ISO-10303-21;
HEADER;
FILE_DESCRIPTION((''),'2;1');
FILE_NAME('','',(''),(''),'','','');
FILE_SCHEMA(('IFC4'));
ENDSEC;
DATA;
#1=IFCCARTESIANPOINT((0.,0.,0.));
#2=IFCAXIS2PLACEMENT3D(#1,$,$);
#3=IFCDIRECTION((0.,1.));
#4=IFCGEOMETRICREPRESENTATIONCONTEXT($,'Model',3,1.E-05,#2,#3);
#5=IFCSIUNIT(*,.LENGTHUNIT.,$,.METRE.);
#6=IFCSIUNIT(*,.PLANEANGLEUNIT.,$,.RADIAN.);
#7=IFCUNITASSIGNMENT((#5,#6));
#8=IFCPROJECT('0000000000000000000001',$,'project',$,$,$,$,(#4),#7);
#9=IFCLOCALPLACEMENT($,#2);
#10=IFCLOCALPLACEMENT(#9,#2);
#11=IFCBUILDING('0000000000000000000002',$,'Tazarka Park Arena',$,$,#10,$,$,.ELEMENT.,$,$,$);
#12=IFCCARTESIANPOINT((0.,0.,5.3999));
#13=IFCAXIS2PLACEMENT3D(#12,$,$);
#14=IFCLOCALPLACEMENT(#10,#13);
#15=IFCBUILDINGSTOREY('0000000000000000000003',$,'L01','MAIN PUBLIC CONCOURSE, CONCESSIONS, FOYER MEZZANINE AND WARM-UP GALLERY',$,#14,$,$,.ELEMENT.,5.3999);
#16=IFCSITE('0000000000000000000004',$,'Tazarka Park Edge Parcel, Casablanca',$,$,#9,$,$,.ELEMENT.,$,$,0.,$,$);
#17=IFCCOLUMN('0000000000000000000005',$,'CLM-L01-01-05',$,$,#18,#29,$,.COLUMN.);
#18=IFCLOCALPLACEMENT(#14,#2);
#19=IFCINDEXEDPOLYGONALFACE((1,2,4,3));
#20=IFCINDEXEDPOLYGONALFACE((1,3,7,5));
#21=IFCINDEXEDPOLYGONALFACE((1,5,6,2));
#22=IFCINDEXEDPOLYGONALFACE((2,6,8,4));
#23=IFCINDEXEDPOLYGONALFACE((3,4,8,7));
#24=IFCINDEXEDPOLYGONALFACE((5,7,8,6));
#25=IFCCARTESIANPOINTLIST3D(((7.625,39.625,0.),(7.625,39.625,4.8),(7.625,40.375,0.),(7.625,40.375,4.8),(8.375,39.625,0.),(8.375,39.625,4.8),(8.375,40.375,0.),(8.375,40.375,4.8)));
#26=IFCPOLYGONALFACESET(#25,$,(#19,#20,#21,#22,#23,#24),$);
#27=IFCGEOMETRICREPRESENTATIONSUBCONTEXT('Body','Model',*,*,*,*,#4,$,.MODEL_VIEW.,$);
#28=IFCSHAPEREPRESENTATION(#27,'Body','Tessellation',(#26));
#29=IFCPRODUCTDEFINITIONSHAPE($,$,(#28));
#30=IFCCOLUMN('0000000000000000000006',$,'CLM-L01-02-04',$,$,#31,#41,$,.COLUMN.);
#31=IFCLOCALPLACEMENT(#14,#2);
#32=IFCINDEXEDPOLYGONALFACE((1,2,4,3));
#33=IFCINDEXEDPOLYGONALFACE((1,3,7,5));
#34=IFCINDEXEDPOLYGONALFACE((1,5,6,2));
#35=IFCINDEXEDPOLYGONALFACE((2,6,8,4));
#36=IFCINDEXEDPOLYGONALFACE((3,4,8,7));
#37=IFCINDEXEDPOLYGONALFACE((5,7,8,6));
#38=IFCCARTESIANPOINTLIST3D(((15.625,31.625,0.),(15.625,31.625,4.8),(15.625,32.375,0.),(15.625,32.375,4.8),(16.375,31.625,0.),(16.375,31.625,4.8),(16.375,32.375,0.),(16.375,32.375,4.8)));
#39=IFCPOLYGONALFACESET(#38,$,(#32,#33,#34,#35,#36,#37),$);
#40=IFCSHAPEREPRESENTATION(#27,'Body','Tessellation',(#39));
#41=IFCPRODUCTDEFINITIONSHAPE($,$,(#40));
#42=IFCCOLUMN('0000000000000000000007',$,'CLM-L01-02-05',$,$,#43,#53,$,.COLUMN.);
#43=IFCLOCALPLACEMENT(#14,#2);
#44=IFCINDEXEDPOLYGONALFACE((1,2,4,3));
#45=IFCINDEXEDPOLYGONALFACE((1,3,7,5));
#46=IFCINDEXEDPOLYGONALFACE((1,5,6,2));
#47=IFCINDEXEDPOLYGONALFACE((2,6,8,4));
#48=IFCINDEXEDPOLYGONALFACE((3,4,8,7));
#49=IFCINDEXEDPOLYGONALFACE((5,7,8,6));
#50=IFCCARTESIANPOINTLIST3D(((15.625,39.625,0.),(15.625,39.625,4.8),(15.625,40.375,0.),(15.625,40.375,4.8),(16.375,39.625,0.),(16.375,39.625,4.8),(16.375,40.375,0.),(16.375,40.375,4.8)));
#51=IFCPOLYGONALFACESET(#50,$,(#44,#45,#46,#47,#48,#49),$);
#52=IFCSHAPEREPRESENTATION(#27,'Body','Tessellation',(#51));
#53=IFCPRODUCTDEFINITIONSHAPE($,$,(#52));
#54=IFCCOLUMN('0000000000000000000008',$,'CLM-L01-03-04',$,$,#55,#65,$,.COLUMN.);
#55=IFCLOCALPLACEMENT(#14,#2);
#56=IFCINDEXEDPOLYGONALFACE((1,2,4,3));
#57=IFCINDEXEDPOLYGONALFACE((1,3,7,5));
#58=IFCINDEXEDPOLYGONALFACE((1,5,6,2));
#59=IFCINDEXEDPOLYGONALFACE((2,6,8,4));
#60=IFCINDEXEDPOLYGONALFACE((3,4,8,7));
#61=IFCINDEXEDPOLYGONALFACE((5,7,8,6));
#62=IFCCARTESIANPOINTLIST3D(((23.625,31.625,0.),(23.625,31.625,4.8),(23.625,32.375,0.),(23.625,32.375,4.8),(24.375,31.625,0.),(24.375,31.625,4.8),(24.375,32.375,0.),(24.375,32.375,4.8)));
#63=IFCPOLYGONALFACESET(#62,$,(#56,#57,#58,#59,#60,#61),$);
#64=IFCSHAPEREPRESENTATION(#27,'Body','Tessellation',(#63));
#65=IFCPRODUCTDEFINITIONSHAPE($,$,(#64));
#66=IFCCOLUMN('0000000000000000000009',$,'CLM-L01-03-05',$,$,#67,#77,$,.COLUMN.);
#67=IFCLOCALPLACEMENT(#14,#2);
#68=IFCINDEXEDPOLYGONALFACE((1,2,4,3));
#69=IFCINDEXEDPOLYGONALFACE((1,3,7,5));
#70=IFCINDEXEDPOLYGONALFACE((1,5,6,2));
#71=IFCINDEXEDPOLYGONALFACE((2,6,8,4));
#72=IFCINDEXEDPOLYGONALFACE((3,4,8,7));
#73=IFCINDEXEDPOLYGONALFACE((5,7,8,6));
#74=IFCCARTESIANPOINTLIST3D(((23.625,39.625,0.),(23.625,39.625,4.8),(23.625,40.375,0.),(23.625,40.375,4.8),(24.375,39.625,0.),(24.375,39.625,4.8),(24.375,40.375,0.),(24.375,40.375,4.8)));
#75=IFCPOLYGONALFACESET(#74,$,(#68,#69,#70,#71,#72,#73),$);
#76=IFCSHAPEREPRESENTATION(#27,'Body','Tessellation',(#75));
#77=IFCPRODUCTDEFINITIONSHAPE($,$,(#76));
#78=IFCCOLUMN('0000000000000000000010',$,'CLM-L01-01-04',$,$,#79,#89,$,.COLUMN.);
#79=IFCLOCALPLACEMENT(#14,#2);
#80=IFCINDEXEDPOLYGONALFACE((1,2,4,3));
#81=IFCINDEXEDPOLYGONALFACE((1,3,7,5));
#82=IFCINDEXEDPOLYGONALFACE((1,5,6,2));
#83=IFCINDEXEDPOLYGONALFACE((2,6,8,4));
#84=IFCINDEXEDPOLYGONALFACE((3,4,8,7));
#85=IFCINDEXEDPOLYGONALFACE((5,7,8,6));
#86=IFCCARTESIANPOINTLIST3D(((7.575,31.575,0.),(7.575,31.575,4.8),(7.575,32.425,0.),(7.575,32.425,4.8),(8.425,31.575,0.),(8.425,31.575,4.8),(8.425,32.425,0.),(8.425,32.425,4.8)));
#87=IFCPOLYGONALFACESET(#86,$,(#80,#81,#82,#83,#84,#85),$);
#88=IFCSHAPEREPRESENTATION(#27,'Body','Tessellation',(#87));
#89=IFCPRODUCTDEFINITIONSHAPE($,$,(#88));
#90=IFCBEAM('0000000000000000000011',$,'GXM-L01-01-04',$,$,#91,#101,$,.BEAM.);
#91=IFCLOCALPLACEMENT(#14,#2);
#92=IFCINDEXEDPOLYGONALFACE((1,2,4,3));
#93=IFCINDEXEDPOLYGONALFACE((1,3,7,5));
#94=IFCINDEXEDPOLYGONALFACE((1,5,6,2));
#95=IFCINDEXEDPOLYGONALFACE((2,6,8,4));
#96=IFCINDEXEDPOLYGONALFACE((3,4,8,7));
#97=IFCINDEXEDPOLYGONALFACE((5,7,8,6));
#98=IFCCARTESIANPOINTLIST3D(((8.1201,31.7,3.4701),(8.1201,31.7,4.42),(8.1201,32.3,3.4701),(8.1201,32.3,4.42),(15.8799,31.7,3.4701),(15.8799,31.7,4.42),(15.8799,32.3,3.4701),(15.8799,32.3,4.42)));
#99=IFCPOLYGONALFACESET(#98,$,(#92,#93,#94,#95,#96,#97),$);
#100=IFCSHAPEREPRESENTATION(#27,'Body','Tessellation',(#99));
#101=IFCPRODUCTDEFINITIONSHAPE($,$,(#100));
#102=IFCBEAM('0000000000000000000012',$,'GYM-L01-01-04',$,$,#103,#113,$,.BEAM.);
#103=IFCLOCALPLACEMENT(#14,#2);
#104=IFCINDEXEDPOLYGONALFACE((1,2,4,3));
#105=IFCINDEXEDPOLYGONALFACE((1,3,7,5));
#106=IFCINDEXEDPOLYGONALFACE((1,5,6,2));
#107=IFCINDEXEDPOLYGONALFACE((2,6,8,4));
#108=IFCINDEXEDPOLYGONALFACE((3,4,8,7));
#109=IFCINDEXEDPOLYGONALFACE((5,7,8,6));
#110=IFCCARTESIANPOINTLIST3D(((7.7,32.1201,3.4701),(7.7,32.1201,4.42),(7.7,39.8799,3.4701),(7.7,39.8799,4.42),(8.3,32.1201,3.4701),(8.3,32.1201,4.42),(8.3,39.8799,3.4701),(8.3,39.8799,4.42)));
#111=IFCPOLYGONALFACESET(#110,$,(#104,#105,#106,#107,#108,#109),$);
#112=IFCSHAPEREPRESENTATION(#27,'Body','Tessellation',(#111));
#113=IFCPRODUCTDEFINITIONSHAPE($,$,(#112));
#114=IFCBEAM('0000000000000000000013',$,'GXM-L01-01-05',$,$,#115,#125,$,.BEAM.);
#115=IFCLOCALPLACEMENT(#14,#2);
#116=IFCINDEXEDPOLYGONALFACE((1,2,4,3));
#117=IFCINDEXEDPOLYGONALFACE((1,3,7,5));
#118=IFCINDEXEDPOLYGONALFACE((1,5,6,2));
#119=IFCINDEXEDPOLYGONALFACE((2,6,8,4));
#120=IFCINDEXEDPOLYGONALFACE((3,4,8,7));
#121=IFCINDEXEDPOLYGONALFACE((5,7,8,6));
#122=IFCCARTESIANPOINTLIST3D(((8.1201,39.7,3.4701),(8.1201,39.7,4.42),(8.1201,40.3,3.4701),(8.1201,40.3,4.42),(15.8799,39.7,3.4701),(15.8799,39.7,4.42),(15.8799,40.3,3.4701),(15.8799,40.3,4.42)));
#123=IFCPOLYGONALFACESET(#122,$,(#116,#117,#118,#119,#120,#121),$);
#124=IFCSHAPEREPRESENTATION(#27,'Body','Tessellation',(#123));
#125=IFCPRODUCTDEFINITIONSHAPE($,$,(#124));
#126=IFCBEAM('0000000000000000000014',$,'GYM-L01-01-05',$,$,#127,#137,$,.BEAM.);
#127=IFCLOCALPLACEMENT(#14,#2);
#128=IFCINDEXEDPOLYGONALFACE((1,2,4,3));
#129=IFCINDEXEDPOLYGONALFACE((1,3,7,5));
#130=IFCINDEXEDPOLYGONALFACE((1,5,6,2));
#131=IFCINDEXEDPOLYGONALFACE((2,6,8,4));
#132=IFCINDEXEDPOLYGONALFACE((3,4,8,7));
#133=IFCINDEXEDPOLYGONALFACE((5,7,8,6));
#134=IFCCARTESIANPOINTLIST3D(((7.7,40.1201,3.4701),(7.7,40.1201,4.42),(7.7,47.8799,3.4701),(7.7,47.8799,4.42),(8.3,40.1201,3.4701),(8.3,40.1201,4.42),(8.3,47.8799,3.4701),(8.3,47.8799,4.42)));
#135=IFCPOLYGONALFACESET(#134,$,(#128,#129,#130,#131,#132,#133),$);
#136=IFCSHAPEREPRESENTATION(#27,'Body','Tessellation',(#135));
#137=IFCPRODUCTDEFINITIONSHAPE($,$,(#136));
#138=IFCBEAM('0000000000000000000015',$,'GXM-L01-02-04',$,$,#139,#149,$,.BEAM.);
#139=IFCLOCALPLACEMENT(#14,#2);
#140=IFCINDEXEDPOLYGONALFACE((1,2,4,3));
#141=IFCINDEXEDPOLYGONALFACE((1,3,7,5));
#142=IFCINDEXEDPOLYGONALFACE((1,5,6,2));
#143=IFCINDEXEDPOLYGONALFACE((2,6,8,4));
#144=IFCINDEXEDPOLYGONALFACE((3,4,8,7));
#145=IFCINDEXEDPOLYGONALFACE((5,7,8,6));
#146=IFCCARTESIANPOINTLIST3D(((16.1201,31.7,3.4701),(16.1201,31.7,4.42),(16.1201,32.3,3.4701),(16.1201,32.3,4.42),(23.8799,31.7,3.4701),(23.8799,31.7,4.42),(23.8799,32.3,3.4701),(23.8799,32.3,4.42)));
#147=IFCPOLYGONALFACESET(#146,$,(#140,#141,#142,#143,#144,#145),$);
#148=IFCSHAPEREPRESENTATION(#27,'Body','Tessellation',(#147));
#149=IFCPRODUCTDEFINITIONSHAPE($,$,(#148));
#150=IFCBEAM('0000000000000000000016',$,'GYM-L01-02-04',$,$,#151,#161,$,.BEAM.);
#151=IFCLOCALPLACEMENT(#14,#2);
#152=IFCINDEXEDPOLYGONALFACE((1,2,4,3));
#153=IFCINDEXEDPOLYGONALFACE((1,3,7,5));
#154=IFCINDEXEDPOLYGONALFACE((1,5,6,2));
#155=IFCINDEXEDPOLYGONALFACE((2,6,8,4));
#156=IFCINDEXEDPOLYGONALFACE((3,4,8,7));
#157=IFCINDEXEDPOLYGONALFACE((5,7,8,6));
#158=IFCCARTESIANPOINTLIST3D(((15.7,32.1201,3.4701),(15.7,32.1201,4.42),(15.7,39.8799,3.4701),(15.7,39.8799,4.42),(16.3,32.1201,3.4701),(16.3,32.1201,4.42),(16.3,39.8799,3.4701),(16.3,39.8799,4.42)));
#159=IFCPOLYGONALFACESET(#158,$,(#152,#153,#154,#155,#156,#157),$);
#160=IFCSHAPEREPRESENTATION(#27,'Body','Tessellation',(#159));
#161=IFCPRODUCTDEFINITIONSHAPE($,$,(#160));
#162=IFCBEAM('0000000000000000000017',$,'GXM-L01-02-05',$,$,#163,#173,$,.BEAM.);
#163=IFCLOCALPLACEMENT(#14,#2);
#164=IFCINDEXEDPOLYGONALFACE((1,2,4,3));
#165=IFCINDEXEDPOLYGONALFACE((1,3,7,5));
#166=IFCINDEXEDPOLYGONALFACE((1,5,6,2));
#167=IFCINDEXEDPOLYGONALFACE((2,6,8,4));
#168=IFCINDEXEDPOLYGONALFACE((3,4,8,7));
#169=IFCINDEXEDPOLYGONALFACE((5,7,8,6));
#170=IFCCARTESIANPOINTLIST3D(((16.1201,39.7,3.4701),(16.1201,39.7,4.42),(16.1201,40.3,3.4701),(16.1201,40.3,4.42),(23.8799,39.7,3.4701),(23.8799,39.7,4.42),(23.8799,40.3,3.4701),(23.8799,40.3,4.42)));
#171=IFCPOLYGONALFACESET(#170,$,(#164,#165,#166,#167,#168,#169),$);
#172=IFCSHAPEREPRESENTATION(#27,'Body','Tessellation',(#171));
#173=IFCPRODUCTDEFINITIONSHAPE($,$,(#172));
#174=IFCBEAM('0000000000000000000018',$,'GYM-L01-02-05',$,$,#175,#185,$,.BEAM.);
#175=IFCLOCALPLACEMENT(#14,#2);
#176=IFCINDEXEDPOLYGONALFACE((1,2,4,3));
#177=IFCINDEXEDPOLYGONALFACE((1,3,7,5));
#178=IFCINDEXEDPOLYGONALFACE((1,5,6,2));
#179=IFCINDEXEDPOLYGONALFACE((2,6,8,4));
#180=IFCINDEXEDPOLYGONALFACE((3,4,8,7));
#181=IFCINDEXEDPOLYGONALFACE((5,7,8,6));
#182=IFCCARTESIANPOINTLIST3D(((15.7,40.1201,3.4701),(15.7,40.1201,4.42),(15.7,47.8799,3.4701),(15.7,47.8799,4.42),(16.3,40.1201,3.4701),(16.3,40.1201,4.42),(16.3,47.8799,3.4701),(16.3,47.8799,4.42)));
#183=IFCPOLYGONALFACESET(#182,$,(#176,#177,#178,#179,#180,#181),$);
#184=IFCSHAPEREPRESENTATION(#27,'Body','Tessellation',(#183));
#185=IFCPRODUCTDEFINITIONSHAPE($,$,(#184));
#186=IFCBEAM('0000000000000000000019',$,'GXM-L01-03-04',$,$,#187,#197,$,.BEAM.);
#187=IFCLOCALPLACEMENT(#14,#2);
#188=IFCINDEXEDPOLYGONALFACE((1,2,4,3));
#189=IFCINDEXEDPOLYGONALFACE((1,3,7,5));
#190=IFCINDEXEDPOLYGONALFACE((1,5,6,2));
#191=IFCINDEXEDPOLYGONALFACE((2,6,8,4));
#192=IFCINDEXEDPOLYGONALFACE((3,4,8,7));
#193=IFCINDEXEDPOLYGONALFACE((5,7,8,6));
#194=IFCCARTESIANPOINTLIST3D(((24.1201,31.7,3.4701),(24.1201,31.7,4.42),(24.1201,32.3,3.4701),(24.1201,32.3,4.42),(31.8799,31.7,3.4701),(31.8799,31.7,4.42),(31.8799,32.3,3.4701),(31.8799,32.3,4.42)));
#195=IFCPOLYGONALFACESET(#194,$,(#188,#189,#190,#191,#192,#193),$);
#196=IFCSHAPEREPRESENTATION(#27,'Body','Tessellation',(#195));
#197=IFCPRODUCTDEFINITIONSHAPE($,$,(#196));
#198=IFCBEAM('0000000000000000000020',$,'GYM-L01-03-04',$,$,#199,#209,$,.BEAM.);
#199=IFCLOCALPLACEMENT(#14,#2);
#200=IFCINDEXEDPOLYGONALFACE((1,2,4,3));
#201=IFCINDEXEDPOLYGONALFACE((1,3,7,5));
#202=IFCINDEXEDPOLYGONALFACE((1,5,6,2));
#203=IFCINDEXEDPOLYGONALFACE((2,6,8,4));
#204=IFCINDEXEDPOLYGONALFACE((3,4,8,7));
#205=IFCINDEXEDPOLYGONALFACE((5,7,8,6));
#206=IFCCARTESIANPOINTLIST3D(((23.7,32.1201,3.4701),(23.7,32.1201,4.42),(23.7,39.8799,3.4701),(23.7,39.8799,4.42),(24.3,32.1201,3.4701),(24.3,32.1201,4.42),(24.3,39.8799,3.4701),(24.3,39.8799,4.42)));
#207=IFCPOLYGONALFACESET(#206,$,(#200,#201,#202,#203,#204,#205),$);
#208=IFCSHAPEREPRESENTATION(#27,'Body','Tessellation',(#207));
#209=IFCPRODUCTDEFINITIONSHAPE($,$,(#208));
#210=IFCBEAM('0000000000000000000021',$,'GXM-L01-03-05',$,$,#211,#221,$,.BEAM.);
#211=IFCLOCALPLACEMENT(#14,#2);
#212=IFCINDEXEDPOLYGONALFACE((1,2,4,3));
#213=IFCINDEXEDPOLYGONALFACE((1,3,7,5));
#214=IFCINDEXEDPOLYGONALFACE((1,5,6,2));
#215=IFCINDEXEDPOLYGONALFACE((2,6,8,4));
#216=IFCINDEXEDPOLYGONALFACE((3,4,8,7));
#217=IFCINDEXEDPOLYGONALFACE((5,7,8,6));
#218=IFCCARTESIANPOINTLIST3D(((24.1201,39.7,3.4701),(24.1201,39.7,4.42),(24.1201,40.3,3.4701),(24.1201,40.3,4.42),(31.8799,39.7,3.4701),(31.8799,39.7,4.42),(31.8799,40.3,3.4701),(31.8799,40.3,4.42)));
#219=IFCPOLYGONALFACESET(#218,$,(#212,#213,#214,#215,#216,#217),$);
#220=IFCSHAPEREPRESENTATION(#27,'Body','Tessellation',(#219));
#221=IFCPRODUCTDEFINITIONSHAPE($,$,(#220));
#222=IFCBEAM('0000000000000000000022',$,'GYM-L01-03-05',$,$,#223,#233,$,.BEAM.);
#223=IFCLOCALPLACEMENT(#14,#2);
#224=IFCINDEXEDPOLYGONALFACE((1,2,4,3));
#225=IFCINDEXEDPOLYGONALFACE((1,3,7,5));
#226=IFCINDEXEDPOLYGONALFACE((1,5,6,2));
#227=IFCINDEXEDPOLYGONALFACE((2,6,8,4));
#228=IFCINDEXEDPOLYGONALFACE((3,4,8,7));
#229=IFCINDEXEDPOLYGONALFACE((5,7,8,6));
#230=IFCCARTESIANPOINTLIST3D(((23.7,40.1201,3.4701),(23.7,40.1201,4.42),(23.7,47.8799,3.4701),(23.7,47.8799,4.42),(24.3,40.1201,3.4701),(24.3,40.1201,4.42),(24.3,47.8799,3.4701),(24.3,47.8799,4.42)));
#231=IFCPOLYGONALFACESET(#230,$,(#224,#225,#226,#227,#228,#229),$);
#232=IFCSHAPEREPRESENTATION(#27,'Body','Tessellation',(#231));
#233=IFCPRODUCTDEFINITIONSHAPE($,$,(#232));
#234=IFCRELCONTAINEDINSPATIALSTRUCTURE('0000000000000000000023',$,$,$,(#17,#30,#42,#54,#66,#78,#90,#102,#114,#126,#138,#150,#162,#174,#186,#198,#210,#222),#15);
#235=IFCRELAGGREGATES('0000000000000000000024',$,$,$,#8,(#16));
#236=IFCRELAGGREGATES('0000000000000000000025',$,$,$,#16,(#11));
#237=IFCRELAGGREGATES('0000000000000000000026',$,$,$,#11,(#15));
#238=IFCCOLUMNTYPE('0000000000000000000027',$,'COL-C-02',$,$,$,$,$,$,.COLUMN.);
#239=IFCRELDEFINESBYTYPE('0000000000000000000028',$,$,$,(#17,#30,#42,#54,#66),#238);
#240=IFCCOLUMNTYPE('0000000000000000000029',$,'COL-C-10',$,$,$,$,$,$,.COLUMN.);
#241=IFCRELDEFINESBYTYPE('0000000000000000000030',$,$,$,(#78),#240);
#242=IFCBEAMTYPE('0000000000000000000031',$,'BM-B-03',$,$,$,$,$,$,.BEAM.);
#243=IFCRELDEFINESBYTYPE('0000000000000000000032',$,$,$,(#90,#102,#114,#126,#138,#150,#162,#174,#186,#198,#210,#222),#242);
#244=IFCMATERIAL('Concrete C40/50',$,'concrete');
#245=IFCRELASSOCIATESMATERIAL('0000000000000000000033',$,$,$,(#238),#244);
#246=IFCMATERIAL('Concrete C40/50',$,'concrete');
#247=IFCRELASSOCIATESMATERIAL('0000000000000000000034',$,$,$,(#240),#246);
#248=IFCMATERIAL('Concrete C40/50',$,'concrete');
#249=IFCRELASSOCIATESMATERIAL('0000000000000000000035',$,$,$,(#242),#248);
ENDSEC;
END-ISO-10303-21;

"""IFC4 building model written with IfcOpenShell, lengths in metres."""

from ifc_helpers import new_model, si_unit, direction, frame, origin, origin_2d, place, context, subcontext, project, spatial, rectangle, extrude, material, material_profile, profile_set, type_object, element, save


model = new_model("IFC4")

# Units and contexts
model_context = context("Model", 3, precision=1e-05, world=origin(), true_north=direction((0.0, 1.0)))
body_context = subcontext(model_context, "Body", "Model", "MODEL_VIEW")
ifc_project = project(units=[si_unit("LENGTHUNIT", "METRE"), si_unit("PLANEANGLEUNIT", "RADIAN")], contexts=[model_context])

# Site, building, storey
site_placement = place(None, origin())
site = spatial("IfcSite", under=ifc_project, at=site_placement, Name="Tazarka Park Edge Parcel, Casablanca", CompositionType="ELEMENT", RefElevation=0.0)
building_placement = place(site_placement, origin())
building = spatial("IfcBuilding", under=site, at=building_placement, Name="Tazarka Park Arena", CompositionType="ELEMENT")
storey_placement = place(building_placement, frame((0.0, 0.0, 5.3999)))
storey = spatial("IfcBuildingStorey", under=building, at=storey_placement, Name="L01", Description="MAIN PUBLIC CONCOURSE, CONCESSIONS, FOYER MEZZANINE AND WARM-UP GALLERY", CompositionType="ELEMENT", Elevation=5.3999)

# Columns
ifc_material_1 = material(Name="Concrete C40/50", Category="concrete")
ifc_material_profile_1 = material_profile(ifc_material_1, rectangle(XDim=0.75, YDim=0.75, at=origin_2d()), Name="Concrete C40/50")
ifc_profile_set_1 = profile_set([ifc_material_profile_1], Name="Concrete C40/50")
column_type_1 = type_object("IfcColumnType", Name="COL-C-02", PredefinedType="COLUMN", material=ifc_profile_set_1)
for number, where, z_axis, x_axis, name in (
    (1, (8.0, 40.0, 0.0), (0.0, 0.0, 1.0), (1.0, 0.0, 0.0), "CLM-L01-01-05"),
    (2, (16.0, 32.0, 0.0), (0.0, 0.0, 1.0), (1.0, 0.0, 0.0), "CLM-L01-02-04"),
    (3, (16.0, 40.0, 0.0), (0.0, 0.0, 1.0), (1.0, 0.0, 0.0), "CLM-L01-02-05"),
    (4, (24.0, 32.0, 0.0), (0.0, 0.0, 1.0), (1.0, 0.0, 0.0), "CLM-L01-03-04"),
    (5, (24.0, 40.0, 0.0), (0.0, 0.0, 1.0), (1.0, 0.0, 0.0), "CLM-L01-03-05"),
):
    element("IfcColumn", number, at=place(storey_placement, frame(where, z_axis=z_axis, x_axis=x_axis)), inside=storey, type_object=column_type_1, Name=name, PredefinedType="COLUMN", context=body_context, shape_type="SweptSolid", body=[
        extrude(rectangle(XDim=0.75, YDim=0.75, at=origin_2d()), origin(), (0.0, 0.0, 1.0), 4.8),
    ])
ifc_material_2 = material(Name="Concrete C40/50", Category="concrete")
ifc_material_profile_2 = material_profile(ifc_material_2, rectangle(XDim=0.8501, YDim=0.8501, at=origin_2d()), Name="Concrete C40/50")
ifc_profile_set_2 = profile_set([ifc_material_profile_2], Name="Concrete C40/50")
column_type_2 = type_object("IfcColumnType", Name="COL-C-10", PredefinedType="COLUMN", material=ifc_profile_set_2)
column_placement = place(storey_placement, frame((8.0, 32.0, 0.0), z_axis=(0.0, 0.0, 1.0), x_axis=(1.0, 0.0, 0.0)))
element("IfcColumn", 6, at=column_placement, inside=storey, type_object=column_type_2, Name="CLM-L01-01-04", PredefinedType="COLUMN", context=body_context, shape_type="SweptSolid", body=[
    extrude(rectangle(XDim=0.8501, YDim=0.8501, at=origin_2d()), origin(), (0.0, 0.0, 1.0), 4.8),
])

# Beams
ifc_material_3 = material(Name="Concrete C40/50", Category="concrete")
ifc_material_profile_3 = material_profile(ifc_material_3, rectangle(XDim=0.6001, YDim=0.95, at=origin_2d()), Name="Concrete C40/50")
ifc_profile_set_3 = profile_set([ifc_material_profile_3], Name="Concrete C40/50")
beam_type_1 = type_object("IfcBeamType", Name="BM-B-03", PredefinedType="BEAM", material=ifc_profile_set_3)
for number, where, z_axis, x_axis, name in (
    (7, (8.1201, 32.0, 3.9451), (1.0, 0.0, 0.0), (0.0, 1.0, 0.0), "GXM-L01-01-04"),
    (8, (8.0, 32.1201, 3.9451), (0.0, 1.0, 0.0), (-1.0, 0.0, 0.0), "GYM-L01-01-04"),
    (9, (8.1201, 40.0, 3.9451), (1.0, 0.0, 0.0), (0.0, 1.0, 0.0), "GXM-L01-01-05"),
    (10, (8.0, 40.1201, 3.9451), (0.0, 1.0, 0.0), (-1.0, 0.0, 0.0), "GYM-L01-01-05"),
    (11, (16.1201, 32.0, 3.9451), (1.0, 0.0, 0.0), (0.0, 1.0, 0.0), "GXM-L01-02-04"),
    (12, (16.0, 32.1201, 3.9451), (0.0, 1.0, 0.0), (-1.0, 0.0, 0.0), "GYM-L01-02-04"),
    (13, (16.1201, 40.0, 3.9451), (1.0, 0.0, 0.0), (0.0, 1.0, 0.0), "GXM-L01-02-05"),
    (14, (16.0, 40.1201, 3.9451), (0.0, 1.0, 0.0), (-1.0, 0.0, 0.0), "GYM-L01-02-05"),
    (15, (24.1201, 32.0, 3.9451), (1.0, 0.0, 0.0), (0.0, 1.0, 0.0), "GXM-L01-03-04"),
    (16, (24.0, 32.1201, 3.9451), (0.0, 1.0, 0.0), (-1.0, 0.0, 0.0), "GYM-L01-03-04"),
    (17, (24.1201, 40.0, 3.9451), (1.0, 0.0, 0.0), (0.0, 1.0, 0.0), "GXM-L01-03-05"),
    (18, (24.0, 40.1201, 3.9451), (0.0, 1.0, 0.0), (-1.0, 0.0, 0.0), "GYM-L01-03-05"),
):
    element("IfcBeam", number, at=place(storey_placement, frame(where, z_axis=z_axis, x_axis=x_axis)), inside=storey, type_object=beam_type_1, Name=name, PredefinedType="BEAM", context=body_context, shape_type="SweptSolid", body=[
        extrude(rectangle(XDim=0.6001, YDim=0.95, at=origin_2d()), origin(), (0.0, 0.0, 1.0), 7.7598),
    ])

save(model, "model.ifc")
